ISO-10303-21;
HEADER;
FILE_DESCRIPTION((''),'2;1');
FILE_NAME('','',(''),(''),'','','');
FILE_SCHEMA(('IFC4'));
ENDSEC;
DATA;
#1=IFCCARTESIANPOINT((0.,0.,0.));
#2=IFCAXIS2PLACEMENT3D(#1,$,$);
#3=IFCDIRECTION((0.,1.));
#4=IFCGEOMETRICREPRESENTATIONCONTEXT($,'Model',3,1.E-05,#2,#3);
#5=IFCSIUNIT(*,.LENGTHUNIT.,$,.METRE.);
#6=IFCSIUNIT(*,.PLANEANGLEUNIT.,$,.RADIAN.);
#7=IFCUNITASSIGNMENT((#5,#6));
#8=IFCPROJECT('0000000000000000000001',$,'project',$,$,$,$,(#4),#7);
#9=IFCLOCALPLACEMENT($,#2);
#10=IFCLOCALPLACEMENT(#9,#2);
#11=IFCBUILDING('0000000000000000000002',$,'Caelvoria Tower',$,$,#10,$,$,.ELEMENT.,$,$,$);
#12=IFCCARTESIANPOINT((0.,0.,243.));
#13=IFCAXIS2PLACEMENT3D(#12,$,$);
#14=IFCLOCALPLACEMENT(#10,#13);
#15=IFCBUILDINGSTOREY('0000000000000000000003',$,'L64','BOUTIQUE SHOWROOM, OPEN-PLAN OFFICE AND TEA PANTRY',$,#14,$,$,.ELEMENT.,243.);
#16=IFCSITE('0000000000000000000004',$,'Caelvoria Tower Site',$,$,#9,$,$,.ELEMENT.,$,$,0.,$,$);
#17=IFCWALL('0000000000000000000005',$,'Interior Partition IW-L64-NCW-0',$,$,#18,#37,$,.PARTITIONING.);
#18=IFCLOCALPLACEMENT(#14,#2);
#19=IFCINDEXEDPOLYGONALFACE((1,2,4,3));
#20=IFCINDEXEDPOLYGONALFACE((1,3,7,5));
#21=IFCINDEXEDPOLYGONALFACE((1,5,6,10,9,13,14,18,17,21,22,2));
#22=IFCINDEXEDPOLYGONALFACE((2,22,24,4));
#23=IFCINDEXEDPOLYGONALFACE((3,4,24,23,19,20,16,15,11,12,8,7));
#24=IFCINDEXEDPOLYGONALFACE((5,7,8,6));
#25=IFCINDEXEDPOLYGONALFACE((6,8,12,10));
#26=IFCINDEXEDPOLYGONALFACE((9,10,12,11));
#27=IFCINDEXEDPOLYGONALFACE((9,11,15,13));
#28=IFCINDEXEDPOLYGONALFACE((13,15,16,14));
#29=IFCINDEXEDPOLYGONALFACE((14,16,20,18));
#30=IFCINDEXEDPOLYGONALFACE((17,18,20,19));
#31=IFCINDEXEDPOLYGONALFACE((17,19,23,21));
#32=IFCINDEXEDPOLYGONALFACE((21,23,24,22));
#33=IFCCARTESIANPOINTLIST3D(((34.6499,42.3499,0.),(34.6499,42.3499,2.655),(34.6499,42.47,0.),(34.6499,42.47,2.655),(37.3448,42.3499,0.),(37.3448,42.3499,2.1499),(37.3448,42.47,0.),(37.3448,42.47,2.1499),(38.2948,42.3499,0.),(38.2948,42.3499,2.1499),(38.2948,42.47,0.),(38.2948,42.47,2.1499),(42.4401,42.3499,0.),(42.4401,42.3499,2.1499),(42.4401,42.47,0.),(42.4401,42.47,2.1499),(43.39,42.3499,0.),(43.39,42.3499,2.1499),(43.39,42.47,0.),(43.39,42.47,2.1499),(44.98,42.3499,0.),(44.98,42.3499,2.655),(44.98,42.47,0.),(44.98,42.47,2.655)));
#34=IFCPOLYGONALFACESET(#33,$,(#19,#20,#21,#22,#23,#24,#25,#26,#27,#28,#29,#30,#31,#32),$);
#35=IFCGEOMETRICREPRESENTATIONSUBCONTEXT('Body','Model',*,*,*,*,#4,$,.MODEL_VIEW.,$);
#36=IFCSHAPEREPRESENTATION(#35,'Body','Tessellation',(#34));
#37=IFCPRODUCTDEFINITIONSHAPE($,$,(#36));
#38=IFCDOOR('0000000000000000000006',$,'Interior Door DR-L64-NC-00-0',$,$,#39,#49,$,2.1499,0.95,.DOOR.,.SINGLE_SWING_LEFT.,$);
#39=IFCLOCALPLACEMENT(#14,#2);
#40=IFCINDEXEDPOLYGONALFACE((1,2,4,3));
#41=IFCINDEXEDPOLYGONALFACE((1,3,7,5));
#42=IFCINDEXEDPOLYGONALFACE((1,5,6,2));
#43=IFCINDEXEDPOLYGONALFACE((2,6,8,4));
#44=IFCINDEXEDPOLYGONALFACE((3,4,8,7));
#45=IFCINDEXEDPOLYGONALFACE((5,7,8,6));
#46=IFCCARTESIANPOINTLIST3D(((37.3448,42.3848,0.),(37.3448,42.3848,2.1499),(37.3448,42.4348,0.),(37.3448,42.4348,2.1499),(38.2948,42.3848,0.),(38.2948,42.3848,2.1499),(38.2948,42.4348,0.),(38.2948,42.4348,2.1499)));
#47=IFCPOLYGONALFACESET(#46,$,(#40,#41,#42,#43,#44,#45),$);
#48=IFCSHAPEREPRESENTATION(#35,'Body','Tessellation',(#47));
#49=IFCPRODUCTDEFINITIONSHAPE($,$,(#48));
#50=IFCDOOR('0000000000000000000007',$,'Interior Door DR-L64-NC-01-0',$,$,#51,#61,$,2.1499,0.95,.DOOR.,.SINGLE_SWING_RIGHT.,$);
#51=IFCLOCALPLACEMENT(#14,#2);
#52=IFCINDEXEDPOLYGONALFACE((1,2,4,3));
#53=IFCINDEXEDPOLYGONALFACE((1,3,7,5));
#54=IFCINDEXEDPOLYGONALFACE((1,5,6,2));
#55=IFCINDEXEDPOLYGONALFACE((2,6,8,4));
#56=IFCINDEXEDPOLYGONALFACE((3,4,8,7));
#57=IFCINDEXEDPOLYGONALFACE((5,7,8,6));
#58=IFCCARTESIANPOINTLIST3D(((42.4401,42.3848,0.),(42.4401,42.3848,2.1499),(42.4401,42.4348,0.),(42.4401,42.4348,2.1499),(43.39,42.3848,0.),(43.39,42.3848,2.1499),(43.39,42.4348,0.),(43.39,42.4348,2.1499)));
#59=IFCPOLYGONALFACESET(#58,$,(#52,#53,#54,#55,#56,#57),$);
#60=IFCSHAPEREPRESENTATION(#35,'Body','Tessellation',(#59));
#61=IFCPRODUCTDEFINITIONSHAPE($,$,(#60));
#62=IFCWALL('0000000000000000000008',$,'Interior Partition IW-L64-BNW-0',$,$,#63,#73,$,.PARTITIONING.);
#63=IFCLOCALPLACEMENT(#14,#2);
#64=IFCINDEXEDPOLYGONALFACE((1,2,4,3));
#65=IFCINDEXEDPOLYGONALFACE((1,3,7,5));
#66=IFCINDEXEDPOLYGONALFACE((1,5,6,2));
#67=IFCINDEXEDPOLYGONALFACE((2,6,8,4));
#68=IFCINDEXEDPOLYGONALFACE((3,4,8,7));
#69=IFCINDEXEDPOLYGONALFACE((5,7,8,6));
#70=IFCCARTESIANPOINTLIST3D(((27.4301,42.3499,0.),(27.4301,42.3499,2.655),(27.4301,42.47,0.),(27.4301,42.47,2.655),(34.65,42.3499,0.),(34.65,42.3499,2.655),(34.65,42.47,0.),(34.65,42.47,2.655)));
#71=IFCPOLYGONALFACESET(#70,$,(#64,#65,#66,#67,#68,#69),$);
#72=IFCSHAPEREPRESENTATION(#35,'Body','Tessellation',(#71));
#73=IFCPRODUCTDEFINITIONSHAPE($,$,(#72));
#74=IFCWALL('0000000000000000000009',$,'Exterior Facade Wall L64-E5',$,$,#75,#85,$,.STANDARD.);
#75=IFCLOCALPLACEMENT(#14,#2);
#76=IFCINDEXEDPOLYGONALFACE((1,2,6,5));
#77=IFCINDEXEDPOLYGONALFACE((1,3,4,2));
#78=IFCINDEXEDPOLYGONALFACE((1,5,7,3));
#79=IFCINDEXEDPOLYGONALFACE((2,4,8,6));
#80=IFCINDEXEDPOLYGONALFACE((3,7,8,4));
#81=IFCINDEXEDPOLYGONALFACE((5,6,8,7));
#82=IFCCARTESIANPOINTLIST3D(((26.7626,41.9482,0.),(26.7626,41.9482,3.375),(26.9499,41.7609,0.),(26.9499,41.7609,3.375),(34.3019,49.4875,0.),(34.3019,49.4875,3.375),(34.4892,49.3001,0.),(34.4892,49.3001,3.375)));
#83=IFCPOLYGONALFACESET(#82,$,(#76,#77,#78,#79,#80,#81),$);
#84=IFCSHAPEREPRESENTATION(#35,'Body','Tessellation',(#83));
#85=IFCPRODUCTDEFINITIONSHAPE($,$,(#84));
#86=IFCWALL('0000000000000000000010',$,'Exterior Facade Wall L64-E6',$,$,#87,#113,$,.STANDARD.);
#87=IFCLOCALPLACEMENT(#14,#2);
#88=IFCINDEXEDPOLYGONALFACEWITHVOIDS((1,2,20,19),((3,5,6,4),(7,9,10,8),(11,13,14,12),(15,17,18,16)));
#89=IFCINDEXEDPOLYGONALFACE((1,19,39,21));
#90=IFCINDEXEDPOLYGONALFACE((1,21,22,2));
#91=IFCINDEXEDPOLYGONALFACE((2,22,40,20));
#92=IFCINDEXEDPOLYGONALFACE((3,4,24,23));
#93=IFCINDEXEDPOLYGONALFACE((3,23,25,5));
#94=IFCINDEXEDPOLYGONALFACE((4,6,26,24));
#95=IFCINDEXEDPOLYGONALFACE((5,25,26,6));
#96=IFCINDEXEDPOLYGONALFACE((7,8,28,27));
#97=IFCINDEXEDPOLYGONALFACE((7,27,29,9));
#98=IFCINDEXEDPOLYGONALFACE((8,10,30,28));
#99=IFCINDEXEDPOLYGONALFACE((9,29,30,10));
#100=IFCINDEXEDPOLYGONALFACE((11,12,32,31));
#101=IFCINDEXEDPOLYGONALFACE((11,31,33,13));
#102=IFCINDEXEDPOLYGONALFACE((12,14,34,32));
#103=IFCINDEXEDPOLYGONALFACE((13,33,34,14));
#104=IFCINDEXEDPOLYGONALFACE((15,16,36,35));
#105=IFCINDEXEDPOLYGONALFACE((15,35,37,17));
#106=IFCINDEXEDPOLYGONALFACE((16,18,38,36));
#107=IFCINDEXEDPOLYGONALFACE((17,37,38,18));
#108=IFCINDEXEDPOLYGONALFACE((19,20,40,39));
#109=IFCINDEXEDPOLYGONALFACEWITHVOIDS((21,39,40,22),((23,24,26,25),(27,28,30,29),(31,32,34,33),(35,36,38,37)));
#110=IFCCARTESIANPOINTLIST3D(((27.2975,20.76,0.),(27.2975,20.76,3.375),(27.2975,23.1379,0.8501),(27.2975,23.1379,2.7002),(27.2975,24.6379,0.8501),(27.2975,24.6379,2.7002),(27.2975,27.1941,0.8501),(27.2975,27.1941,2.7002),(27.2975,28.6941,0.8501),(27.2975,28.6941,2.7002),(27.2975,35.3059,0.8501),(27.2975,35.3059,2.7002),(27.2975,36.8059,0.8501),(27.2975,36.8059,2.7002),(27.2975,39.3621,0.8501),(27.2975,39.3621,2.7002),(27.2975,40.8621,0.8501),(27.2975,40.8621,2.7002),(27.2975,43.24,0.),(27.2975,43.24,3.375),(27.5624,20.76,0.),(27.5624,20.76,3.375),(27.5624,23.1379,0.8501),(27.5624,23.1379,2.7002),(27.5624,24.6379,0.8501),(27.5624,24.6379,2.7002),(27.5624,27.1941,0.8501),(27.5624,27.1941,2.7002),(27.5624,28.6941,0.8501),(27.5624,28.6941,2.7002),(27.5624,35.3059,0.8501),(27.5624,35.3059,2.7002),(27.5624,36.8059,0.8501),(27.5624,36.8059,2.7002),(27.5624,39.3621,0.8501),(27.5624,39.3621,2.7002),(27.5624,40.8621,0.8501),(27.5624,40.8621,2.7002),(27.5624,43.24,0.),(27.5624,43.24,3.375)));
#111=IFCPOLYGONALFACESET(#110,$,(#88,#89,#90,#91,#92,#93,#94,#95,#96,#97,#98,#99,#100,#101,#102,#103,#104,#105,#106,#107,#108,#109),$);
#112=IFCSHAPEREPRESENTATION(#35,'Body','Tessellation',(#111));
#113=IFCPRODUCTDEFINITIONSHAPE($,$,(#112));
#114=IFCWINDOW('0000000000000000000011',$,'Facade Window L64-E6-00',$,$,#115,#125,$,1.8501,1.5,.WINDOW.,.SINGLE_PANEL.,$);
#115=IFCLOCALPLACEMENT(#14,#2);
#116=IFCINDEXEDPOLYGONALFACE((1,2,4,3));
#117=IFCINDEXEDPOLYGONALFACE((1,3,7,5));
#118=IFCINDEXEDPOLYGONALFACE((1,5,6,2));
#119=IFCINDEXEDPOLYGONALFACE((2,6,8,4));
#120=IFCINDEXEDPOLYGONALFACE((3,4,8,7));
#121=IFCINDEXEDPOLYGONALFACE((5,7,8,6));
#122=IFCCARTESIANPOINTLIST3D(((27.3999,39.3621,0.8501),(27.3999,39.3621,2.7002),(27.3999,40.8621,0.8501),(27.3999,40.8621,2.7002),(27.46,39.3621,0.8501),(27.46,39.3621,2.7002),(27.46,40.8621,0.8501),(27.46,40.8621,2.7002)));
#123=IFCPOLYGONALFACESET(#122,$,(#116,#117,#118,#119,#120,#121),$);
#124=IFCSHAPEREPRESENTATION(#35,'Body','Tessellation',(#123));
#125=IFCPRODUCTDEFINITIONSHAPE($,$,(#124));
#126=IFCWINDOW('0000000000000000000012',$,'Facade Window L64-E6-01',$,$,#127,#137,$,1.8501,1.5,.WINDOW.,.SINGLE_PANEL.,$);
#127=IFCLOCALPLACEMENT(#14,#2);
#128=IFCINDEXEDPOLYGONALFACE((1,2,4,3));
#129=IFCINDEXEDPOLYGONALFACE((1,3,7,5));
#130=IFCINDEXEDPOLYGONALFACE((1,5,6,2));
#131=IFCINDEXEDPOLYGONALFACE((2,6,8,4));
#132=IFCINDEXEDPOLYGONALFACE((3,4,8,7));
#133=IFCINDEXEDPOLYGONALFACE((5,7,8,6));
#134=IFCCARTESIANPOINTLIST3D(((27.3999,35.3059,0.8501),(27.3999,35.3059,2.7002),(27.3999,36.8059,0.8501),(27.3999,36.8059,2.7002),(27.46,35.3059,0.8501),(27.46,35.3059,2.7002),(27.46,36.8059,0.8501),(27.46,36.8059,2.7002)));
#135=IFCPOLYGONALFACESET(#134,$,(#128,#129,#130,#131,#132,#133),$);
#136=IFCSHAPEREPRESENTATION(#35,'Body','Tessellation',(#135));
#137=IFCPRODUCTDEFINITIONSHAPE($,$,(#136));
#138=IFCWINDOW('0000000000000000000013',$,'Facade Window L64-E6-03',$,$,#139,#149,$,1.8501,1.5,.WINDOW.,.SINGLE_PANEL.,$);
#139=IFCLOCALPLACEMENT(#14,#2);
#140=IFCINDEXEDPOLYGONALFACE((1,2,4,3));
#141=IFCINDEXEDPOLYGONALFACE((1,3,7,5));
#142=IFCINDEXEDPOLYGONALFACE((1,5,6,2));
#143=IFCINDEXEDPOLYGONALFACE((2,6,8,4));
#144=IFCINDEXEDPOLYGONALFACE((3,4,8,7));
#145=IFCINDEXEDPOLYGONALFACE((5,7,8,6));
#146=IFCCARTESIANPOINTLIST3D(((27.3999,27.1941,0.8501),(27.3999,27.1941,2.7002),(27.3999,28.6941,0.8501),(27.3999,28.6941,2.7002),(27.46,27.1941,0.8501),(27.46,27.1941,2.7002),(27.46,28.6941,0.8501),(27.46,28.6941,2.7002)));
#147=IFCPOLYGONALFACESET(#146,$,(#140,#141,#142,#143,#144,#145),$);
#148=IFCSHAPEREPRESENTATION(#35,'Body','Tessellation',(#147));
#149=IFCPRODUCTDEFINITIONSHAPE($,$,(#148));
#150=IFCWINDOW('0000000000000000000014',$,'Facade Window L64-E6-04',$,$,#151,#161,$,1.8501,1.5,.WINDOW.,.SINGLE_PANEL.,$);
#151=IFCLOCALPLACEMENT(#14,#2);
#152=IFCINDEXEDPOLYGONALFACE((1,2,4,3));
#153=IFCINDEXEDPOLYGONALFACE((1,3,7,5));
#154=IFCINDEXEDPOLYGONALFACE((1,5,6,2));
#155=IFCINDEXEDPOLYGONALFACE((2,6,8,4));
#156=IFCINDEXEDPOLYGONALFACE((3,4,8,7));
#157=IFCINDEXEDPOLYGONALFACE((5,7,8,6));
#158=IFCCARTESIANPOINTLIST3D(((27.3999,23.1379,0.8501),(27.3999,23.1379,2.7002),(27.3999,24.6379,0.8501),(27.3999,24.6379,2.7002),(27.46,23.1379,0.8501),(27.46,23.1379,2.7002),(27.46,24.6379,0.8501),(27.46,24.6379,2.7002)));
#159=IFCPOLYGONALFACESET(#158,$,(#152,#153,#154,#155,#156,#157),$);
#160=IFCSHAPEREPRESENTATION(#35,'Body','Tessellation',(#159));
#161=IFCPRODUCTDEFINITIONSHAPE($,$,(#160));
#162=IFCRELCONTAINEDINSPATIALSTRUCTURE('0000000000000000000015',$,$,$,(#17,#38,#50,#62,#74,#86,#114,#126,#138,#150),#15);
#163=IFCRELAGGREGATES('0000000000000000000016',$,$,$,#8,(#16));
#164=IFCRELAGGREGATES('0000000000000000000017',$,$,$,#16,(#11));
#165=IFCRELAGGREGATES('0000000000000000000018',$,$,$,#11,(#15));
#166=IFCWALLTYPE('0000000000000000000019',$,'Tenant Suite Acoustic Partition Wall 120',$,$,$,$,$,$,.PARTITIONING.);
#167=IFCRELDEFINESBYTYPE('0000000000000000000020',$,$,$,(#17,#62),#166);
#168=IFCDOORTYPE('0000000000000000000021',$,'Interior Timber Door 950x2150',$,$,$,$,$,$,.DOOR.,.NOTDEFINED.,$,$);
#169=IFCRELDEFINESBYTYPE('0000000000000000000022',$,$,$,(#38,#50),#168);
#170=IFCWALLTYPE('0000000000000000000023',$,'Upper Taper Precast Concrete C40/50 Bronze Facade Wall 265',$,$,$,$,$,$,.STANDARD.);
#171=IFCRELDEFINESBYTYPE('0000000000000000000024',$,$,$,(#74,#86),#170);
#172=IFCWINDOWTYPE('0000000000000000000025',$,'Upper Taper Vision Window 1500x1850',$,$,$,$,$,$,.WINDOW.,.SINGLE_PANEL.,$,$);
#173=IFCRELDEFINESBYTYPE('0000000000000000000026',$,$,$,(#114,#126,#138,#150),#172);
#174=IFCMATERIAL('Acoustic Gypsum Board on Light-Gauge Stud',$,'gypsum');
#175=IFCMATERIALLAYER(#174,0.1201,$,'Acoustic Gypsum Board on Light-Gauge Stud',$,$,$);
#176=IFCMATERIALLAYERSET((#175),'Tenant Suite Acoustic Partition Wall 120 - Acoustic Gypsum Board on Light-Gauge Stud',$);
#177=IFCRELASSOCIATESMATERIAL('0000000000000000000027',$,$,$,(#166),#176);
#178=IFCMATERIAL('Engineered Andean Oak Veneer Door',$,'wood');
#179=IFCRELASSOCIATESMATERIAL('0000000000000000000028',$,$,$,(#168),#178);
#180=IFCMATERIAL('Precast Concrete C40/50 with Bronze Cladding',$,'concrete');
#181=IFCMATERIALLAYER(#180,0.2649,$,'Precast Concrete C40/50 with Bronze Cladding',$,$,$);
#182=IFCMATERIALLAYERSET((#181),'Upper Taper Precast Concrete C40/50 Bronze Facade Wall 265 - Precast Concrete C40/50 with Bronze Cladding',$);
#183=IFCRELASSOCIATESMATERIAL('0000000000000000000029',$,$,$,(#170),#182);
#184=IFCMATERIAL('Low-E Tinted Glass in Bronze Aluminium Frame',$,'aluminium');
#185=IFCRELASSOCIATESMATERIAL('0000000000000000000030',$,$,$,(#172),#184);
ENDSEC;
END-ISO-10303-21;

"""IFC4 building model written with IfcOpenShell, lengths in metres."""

from ifc_helpers import new_model, si_unit, direction, frame, frame_2d, origin, place, context, subcontext, project, spatial, rectangle, extrude, material, layer, layer_set, type_object, element, fill, save


model = new_model("IFC4")

# Units and contexts
model_context = context("Model", 3, precision=1e-05, world=origin(), true_north=direction((0.0, 1.0)))
body_context = subcontext(model_context, "Body", "Model", "MODEL_VIEW")
ifc_project = project(units=[si_unit("LENGTHUNIT", "METRE"), si_unit("PLANEANGLEUNIT", "RADIAN")], contexts=[model_context])

# Site, building, storey
site_placement = place(None, origin())
site = spatial("IfcSite", under=ifc_project, at=site_placement, Name="Caelvoria Tower Site", CompositionType="ELEMENT", RefElevation=0.0)
building_placement = place(site_placement, origin())
building = spatial("IfcBuilding", under=site, at=building_placement, Name="Caelvoria Tower", CompositionType="ELEMENT")
storey_placement = place(building_placement, frame((0.0, 0.0, 243.0)))
storey = spatial("IfcBuildingStorey", under=building, at=storey_placement, Name="L64", Description="BOUTIQUE SHOWROOM, OPEN-PLAN OFFICE AND TEA PANTRY", CompositionType="ELEMENT", Elevation=243.0)

# Shared definitions
ifc_material_1 = material(Name="Acoustic Gypsum Board on Light-Gauge Stud", Category="gypsum")
ifc_layer_1 = layer(ifc_material_1, 0.1201, Name="Acoustic Gypsum Board on Light-Gauge Stud")
ifc_layer_set_1 = layer_set([ifc_layer_1], Name="Tenant Suite Acoustic Partition Wall 120 - Acoustic Gypsum Board on Light-Gauge Stud")
wall_type_1 = type_object("IfcWallType", Name="Tenant Suite Acoustic Partition Wall 120", PredefinedType="PARTITIONING", material=ifc_layer_set_1)
ifc_material_2 = material(Name="Engineered Andean Oak Veneer Door", Category="wood")

# Wall, openings, doors
wall_1_placement = place(storey_placement, frame((34.6499, 42.4099, 0.0), z_axis=(0.0, 0.0, 1.0), x_axis=(1.0, 0.0, 0.0)))
wall_1 = element("IfcWall", 1, at=wall_1_placement, inside=storey, type_object=wall_type_1, Name="Interior Partition IW-L64-NCW-0", PredefinedType="PARTITIONING", context=body_context, shape_type="SweptSolid", body=[
    extrude(rectangle(XDim=10.3301, YDim=0.1201, at=frame_2d((5.165, 0.0))), origin(), (0.0, 0.0, 1.0), 2.655),
])
opening_1_placement = place(wall_1_placement, frame((2.6948, 0.0, 0.0)))
opening_1 = element("IfcOpeningElement", 2, at=opening_1_placement, cuts=wall_1, PredefinedType="OPENING", context=body_context, shape_type="SweptSolid", body=[
    extrude(rectangle(XDim=0.95, YDim=2.1499, at=frame_2d((0.4751, 1.075))), frame((0.0, 0.0701, 0.0), z_axis=(0.0, -1.0, 0.0), x_axis=(1.0, 0.0, 0.0)), (0.0, 0.0, 1.0), 0.1401),
])
opening_2_placement = place(wall_1_placement, frame((7.79, 0.0, 0.0)))
opening_2 = element("IfcOpeningElement", 3, at=opening_2_placement, cuts=wall_1, PredefinedType="OPENING", context=body_context, shape_type="SweptSolid", body=[
    extrude(rectangle(XDim=0.95, YDim=2.1499, at=frame_2d((0.4751, 1.075))), frame((0.0, 0.0701, 0.0), z_axis=(0.0, -1.0, 0.0), x_axis=(1.0, 0.0, 0.0)), (0.0, 0.0, 1.0), 0.1401),
])
door_type_1 = type_object("IfcDoorType", Name="Interior Timber Door 950x2150", OperationType="NOTDEFINED", PredefinedType="DOOR", material=ifc_material_2)
door_1_placement = place(opening_1_placement, origin())
door_1 = element("IfcDoor", 4, at=door_1_placement, inside=storey, type_object=door_type_1, Name="Interior Door DR-L64-NC-00-0", OperationType="SINGLE_SWING_LEFT", OverallHeight=2.1499, OverallWidth=0.95, PredefinedType="DOOR", context=body_context, shape_type="SweptSolid", body=[
    extrude(rectangle(XDim=0.95, YDim=2.1499, at=frame_2d((0.4751, 1.075))), frame((0.0, 0.0249, 0.0), z_axis=(0.0, -1.0, 0.0), x_axis=(1.0, 0.0, 0.0)), (0.0, 0.0, 1.0), 0.05),
])
fill(opening_1, door_1)
door_2_placement = place(opening_2_placement, origin())
door_2 = element("IfcDoor", 5, at=door_2_placement, inside=storey, type_object=door_type_1, Name="Interior Door DR-L64-NC-01-0", OperationType="SINGLE_SWING_RIGHT", OverallHeight=2.1499, OverallWidth=0.95, PredefinedType="DOOR", context=body_context, shape_type="SweptSolid", body=[
    extrude(rectangle(XDim=0.95, YDim=2.1499, at=frame_2d((0.4751, 1.075))), frame((0.0, 0.0249, 0.0), z_axis=(0.0, -1.0, 0.0), x_axis=(1.0, 0.0, 0.0)), (0.0, 0.0, 1.0), 0.05),
])
fill(opening_2, door_2)

# Walls
wall_2_placement = place(storey_placement, frame((34.6499, 42.4099, 0.0), z_axis=(0.0, 0.0, 1.0), x_axis=(-1.0, 0.0, 0.0)))
element("IfcWall", 6, at=wall_2_placement, inside=storey, type_object=wall_type_1, Name="Interior Partition IW-L64-BNW-0", PredefinedType="PARTITIONING", context=body_context, shape_type="SweptSolid", body=[
    extrude(rectangle(XDim=7.22, YDim=0.1201, at=frame_2d((3.6099, 0.0))), origin(), (0.0, 0.0, 1.0), 2.655),
])
ifc_material_3 = material(Name="Precast Concrete C40/50 with Bronze Cladding", Category="concrete")
ifc_layer_2 = layer(ifc_material_3, 0.2649, Name="Precast Concrete C40/50 with Bronze Cladding")
ifc_layer_set_2 = layer_set([ifc_layer_2], Name="Upper Taper Precast Concrete C40/50 Bronze Facade Wall 265 - Precast Concrete C40/50 with Bronze Cladding")
wall_type_2 = type_object("IfcWallType", Name="Upper Taper Precast Concrete C40/50 Bronze Facade Wall 265", PredefinedType="STANDARD", material=ifc_layer_set_2)
wall_3_placement = place(storey_placement, frame((34.3955, 49.3938, 0.0), z_axis=(0.0, 0.0, 1.0), x_axis=(-0.707107, -0.707107, 0.0)))
element("IfcWall", 7, at=wall_3_placement, inside=storey, type_object=wall_type_2, Name="Exterior Facade Wall L64-E5", PredefinedType="STANDARD", context=body_context, shape_type="SweptSolid", body=[
    extrude(rectangle(XDim=10.6621, YDim=0.2649, at=frame_2d((5.3311, 0.0))), origin(), (0.0, 0.0, 1.0), 3.375),
])

# Wall, openings, windows
wall_4_placement = place(storey_placement, frame((27.4299, 43.24, 0.0), z_axis=(0.0, 0.0, 1.0), x_axis=(0.0, -1.0, 0.0)))
wall_4 = element("IfcWall", 8, at=wall_4_placement, inside=storey, type_object=wall_type_2, Name="Exterior Facade Wall L64-E6", PredefinedType="STANDARD", context=body_context, shape_type="SweptSolid", body=[
    extrude(rectangle(XDim=22.48, YDim=0.2649, at=frame_2d((11.24, 0.0))), origin(), (0.0, 0.0, 1.0), 3.375),
])
opening_3_placement = place(wall_4_placement, frame((2.3779, 0.0, 0.8501)))
opening_3 = element("IfcOpeningElement", 9, at=opening_3_placement, cuts=wall_4, PredefinedType="OPENING", context=body_context, shape_type="SweptSolid", body=[
    extrude(rectangle(XDim=1.5, YDim=1.8501, at=frame_2d((0.75, 0.925))), frame((0.0, 0.1423, 0.0), z_axis=(0.0, -1.0, 0.0), x_axis=(1.0, 0.0, 0.0)), (0.0, 0.0, 1.0), 0.2849),
])
opening_4_placement = place(wall_4_placement, frame((6.4341, 0.0, 0.8501)))
opening_4 = element("IfcOpeningElement", 10, at=opening_4_placement, cuts=wall_4, PredefinedType="OPENING", context=body_context, shape_type="SweptSolid", body=[
    extrude(rectangle(XDim=1.5, YDim=1.8501, at=frame_2d((0.75, 0.925))), frame((0.0, 0.1423, 0.0), z_axis=(0.0, -1.0, 0.0), x_axis=(1.0, 0.0, 0.0)), (0.0, 0.0, 1.0), 0.2849),
])
opening_5_placement = place(wall_4_placement, frame((14.5459, 0.0, 0.8501)))
opening_5 = element("IfcOpeningElement", 11, at=opening_5_placement, cuts=wall_4, PredefinedType="OPENING", context=body_context, shape_type="SweptSolid", body=[
    extrude(rectangle(XDim=1.5, YDim=1.8501, at=frame_2d((0.75, 0.925))), frame((0.0, 0.1423, 0.0), z_axis=(0.0, -1.0, 0.0), x_axis=(1.0, 0.0, 0.0)), (0.0, 0.0, 1.0), 0.2849),
])
opening_6_placement = place(wall_4_placement, frame((18.6021, 0.0, 0.8501)))
opening_6 = element("IfcOpeningElement", 12, at=opening_6_placement, cuts=wall_4, PredefinedType="OPENING", context=body_context, shape_type="SweptSolid", body=[
    extrude(rectangle(XDim=1.5, YDim=1.8501, at=frame_2d((0.75, 0.925))), frame((0.0, 0.1423, 0.0), z_axis=(0.0, -1.0, 0.0), x_axis=(1.0, 0.0, 0.0)), (0.0, 0.0, 1.0), 0.2849),
])
ifc_material_4 = material(Name="Low-E Tinted Glass in Bronze Aluminium Frame", Category="aluminium")
window_type = type_object("IfcWindowType", Name="Upper Taper Vision Window 1500x1850", PartitioningType="SINGLE_PANEL", PredefinedType="WINDOW", material=ifc_material_4)
window_1_placement = place(opening_3_placement, origin())
window_1 = element("IfcWindow", 13, at=window_1_placement, inside=storey, type_object=window_type, Name="Facade Window L64-E6-00", OverallHeight=1.8501, OverallWidth=1.5, PartitioningType="SINGLE_PANEL", PredefinedType="WINDOW", context=body_context, shape_type="SweptSolid", body=[
    extrude(rectangle(XDim=1.5, YDim=1.8501, at=frame_2d((0.75, 0.925))), frame((0.0, 0.03, 0.0), z_axis=(0.0, -1.0, 0.0), x_axis=(1.0, 0.0, 0.0)), (0.0, 0.0, 1.0), 0.0601),
])
fill(opening_3, window_1)
window_2_placement = place(opening_4_placement, origin())
window_2 = element("IfcWindow", 14, at=window_2_placement, inside=storey, type_object=window_type, Name="Facade Window L64-E6-01", OverallHeight=1.8501, OverallWidth=1.5, PartitioningType="SINGLE_PANEL", PredefinedType="WINDOW", context=body_context, shape_type="SweptSolid", body=[
    extrude(rectangle(XDim=1.5, YDim=1.8501, at=frame_2d((0.75, 0.925))), frame((0.0, 0.03, 0.0), z_axis=(0.0, -1.0, 0.0), x_axis=(1.0, 0.0, 0.0)), (0.0, 0.0, 1.0), 0.0601),
])
fill(opening_4, window_2)
window_3_placement = place(opening_5_placement, origin())
window_3 = element("IfcWindow", 15, at=window_3_placement, inside=storey, type_object=window_type, Name="Facade Window L64-E6-03", OverallHeight=1.8501, OverallWidth=1.5, PartitioningType="SINGLE_PANEL", PredefinedType="WINDOW", context=body_context, shape_type="SweptSolid", body=[
    extrude(rectangle(XDim=1.5, YDim=1.8501, at=frame_2d((0.75, 0.925))), frame((0.0, 0.03, 0.0), z_axis=(0.0, -1.0, 0.0), x_axis=(1.0, 0.0, 0.0)), (0.0, 0.0, 1.0), 0.0601),
])
fill(opening_5, window_3)
window_4_placement = place(opening_6_placement, origin())
window_4 = element("IfcWindow", 16, at=window_4_placement, inside=storey, type_object=window_type, Name="Facade Window L64-E6-04", OverallHeight=1.8501, OverallWidth=1.5, PartitioningType="SINGLE_PANEL", PredefinedType="WINDOW", context=body_context, shape_type="SweptSolid", body=[
    extrude(rectangle(XDim=1.5, YDim=1.8501, at=frame_2d((0.75, 0.925))), frame((0.0, 0.03, 0.0), z_axis=(0.0, -1.0, 0.0), x_axis=(1.0, 0.0, 0.0)), (0.0, 0.0, 1.0), 0.0601),
])
fill(opening_6, window_4)

save(model, "model.ifc")
